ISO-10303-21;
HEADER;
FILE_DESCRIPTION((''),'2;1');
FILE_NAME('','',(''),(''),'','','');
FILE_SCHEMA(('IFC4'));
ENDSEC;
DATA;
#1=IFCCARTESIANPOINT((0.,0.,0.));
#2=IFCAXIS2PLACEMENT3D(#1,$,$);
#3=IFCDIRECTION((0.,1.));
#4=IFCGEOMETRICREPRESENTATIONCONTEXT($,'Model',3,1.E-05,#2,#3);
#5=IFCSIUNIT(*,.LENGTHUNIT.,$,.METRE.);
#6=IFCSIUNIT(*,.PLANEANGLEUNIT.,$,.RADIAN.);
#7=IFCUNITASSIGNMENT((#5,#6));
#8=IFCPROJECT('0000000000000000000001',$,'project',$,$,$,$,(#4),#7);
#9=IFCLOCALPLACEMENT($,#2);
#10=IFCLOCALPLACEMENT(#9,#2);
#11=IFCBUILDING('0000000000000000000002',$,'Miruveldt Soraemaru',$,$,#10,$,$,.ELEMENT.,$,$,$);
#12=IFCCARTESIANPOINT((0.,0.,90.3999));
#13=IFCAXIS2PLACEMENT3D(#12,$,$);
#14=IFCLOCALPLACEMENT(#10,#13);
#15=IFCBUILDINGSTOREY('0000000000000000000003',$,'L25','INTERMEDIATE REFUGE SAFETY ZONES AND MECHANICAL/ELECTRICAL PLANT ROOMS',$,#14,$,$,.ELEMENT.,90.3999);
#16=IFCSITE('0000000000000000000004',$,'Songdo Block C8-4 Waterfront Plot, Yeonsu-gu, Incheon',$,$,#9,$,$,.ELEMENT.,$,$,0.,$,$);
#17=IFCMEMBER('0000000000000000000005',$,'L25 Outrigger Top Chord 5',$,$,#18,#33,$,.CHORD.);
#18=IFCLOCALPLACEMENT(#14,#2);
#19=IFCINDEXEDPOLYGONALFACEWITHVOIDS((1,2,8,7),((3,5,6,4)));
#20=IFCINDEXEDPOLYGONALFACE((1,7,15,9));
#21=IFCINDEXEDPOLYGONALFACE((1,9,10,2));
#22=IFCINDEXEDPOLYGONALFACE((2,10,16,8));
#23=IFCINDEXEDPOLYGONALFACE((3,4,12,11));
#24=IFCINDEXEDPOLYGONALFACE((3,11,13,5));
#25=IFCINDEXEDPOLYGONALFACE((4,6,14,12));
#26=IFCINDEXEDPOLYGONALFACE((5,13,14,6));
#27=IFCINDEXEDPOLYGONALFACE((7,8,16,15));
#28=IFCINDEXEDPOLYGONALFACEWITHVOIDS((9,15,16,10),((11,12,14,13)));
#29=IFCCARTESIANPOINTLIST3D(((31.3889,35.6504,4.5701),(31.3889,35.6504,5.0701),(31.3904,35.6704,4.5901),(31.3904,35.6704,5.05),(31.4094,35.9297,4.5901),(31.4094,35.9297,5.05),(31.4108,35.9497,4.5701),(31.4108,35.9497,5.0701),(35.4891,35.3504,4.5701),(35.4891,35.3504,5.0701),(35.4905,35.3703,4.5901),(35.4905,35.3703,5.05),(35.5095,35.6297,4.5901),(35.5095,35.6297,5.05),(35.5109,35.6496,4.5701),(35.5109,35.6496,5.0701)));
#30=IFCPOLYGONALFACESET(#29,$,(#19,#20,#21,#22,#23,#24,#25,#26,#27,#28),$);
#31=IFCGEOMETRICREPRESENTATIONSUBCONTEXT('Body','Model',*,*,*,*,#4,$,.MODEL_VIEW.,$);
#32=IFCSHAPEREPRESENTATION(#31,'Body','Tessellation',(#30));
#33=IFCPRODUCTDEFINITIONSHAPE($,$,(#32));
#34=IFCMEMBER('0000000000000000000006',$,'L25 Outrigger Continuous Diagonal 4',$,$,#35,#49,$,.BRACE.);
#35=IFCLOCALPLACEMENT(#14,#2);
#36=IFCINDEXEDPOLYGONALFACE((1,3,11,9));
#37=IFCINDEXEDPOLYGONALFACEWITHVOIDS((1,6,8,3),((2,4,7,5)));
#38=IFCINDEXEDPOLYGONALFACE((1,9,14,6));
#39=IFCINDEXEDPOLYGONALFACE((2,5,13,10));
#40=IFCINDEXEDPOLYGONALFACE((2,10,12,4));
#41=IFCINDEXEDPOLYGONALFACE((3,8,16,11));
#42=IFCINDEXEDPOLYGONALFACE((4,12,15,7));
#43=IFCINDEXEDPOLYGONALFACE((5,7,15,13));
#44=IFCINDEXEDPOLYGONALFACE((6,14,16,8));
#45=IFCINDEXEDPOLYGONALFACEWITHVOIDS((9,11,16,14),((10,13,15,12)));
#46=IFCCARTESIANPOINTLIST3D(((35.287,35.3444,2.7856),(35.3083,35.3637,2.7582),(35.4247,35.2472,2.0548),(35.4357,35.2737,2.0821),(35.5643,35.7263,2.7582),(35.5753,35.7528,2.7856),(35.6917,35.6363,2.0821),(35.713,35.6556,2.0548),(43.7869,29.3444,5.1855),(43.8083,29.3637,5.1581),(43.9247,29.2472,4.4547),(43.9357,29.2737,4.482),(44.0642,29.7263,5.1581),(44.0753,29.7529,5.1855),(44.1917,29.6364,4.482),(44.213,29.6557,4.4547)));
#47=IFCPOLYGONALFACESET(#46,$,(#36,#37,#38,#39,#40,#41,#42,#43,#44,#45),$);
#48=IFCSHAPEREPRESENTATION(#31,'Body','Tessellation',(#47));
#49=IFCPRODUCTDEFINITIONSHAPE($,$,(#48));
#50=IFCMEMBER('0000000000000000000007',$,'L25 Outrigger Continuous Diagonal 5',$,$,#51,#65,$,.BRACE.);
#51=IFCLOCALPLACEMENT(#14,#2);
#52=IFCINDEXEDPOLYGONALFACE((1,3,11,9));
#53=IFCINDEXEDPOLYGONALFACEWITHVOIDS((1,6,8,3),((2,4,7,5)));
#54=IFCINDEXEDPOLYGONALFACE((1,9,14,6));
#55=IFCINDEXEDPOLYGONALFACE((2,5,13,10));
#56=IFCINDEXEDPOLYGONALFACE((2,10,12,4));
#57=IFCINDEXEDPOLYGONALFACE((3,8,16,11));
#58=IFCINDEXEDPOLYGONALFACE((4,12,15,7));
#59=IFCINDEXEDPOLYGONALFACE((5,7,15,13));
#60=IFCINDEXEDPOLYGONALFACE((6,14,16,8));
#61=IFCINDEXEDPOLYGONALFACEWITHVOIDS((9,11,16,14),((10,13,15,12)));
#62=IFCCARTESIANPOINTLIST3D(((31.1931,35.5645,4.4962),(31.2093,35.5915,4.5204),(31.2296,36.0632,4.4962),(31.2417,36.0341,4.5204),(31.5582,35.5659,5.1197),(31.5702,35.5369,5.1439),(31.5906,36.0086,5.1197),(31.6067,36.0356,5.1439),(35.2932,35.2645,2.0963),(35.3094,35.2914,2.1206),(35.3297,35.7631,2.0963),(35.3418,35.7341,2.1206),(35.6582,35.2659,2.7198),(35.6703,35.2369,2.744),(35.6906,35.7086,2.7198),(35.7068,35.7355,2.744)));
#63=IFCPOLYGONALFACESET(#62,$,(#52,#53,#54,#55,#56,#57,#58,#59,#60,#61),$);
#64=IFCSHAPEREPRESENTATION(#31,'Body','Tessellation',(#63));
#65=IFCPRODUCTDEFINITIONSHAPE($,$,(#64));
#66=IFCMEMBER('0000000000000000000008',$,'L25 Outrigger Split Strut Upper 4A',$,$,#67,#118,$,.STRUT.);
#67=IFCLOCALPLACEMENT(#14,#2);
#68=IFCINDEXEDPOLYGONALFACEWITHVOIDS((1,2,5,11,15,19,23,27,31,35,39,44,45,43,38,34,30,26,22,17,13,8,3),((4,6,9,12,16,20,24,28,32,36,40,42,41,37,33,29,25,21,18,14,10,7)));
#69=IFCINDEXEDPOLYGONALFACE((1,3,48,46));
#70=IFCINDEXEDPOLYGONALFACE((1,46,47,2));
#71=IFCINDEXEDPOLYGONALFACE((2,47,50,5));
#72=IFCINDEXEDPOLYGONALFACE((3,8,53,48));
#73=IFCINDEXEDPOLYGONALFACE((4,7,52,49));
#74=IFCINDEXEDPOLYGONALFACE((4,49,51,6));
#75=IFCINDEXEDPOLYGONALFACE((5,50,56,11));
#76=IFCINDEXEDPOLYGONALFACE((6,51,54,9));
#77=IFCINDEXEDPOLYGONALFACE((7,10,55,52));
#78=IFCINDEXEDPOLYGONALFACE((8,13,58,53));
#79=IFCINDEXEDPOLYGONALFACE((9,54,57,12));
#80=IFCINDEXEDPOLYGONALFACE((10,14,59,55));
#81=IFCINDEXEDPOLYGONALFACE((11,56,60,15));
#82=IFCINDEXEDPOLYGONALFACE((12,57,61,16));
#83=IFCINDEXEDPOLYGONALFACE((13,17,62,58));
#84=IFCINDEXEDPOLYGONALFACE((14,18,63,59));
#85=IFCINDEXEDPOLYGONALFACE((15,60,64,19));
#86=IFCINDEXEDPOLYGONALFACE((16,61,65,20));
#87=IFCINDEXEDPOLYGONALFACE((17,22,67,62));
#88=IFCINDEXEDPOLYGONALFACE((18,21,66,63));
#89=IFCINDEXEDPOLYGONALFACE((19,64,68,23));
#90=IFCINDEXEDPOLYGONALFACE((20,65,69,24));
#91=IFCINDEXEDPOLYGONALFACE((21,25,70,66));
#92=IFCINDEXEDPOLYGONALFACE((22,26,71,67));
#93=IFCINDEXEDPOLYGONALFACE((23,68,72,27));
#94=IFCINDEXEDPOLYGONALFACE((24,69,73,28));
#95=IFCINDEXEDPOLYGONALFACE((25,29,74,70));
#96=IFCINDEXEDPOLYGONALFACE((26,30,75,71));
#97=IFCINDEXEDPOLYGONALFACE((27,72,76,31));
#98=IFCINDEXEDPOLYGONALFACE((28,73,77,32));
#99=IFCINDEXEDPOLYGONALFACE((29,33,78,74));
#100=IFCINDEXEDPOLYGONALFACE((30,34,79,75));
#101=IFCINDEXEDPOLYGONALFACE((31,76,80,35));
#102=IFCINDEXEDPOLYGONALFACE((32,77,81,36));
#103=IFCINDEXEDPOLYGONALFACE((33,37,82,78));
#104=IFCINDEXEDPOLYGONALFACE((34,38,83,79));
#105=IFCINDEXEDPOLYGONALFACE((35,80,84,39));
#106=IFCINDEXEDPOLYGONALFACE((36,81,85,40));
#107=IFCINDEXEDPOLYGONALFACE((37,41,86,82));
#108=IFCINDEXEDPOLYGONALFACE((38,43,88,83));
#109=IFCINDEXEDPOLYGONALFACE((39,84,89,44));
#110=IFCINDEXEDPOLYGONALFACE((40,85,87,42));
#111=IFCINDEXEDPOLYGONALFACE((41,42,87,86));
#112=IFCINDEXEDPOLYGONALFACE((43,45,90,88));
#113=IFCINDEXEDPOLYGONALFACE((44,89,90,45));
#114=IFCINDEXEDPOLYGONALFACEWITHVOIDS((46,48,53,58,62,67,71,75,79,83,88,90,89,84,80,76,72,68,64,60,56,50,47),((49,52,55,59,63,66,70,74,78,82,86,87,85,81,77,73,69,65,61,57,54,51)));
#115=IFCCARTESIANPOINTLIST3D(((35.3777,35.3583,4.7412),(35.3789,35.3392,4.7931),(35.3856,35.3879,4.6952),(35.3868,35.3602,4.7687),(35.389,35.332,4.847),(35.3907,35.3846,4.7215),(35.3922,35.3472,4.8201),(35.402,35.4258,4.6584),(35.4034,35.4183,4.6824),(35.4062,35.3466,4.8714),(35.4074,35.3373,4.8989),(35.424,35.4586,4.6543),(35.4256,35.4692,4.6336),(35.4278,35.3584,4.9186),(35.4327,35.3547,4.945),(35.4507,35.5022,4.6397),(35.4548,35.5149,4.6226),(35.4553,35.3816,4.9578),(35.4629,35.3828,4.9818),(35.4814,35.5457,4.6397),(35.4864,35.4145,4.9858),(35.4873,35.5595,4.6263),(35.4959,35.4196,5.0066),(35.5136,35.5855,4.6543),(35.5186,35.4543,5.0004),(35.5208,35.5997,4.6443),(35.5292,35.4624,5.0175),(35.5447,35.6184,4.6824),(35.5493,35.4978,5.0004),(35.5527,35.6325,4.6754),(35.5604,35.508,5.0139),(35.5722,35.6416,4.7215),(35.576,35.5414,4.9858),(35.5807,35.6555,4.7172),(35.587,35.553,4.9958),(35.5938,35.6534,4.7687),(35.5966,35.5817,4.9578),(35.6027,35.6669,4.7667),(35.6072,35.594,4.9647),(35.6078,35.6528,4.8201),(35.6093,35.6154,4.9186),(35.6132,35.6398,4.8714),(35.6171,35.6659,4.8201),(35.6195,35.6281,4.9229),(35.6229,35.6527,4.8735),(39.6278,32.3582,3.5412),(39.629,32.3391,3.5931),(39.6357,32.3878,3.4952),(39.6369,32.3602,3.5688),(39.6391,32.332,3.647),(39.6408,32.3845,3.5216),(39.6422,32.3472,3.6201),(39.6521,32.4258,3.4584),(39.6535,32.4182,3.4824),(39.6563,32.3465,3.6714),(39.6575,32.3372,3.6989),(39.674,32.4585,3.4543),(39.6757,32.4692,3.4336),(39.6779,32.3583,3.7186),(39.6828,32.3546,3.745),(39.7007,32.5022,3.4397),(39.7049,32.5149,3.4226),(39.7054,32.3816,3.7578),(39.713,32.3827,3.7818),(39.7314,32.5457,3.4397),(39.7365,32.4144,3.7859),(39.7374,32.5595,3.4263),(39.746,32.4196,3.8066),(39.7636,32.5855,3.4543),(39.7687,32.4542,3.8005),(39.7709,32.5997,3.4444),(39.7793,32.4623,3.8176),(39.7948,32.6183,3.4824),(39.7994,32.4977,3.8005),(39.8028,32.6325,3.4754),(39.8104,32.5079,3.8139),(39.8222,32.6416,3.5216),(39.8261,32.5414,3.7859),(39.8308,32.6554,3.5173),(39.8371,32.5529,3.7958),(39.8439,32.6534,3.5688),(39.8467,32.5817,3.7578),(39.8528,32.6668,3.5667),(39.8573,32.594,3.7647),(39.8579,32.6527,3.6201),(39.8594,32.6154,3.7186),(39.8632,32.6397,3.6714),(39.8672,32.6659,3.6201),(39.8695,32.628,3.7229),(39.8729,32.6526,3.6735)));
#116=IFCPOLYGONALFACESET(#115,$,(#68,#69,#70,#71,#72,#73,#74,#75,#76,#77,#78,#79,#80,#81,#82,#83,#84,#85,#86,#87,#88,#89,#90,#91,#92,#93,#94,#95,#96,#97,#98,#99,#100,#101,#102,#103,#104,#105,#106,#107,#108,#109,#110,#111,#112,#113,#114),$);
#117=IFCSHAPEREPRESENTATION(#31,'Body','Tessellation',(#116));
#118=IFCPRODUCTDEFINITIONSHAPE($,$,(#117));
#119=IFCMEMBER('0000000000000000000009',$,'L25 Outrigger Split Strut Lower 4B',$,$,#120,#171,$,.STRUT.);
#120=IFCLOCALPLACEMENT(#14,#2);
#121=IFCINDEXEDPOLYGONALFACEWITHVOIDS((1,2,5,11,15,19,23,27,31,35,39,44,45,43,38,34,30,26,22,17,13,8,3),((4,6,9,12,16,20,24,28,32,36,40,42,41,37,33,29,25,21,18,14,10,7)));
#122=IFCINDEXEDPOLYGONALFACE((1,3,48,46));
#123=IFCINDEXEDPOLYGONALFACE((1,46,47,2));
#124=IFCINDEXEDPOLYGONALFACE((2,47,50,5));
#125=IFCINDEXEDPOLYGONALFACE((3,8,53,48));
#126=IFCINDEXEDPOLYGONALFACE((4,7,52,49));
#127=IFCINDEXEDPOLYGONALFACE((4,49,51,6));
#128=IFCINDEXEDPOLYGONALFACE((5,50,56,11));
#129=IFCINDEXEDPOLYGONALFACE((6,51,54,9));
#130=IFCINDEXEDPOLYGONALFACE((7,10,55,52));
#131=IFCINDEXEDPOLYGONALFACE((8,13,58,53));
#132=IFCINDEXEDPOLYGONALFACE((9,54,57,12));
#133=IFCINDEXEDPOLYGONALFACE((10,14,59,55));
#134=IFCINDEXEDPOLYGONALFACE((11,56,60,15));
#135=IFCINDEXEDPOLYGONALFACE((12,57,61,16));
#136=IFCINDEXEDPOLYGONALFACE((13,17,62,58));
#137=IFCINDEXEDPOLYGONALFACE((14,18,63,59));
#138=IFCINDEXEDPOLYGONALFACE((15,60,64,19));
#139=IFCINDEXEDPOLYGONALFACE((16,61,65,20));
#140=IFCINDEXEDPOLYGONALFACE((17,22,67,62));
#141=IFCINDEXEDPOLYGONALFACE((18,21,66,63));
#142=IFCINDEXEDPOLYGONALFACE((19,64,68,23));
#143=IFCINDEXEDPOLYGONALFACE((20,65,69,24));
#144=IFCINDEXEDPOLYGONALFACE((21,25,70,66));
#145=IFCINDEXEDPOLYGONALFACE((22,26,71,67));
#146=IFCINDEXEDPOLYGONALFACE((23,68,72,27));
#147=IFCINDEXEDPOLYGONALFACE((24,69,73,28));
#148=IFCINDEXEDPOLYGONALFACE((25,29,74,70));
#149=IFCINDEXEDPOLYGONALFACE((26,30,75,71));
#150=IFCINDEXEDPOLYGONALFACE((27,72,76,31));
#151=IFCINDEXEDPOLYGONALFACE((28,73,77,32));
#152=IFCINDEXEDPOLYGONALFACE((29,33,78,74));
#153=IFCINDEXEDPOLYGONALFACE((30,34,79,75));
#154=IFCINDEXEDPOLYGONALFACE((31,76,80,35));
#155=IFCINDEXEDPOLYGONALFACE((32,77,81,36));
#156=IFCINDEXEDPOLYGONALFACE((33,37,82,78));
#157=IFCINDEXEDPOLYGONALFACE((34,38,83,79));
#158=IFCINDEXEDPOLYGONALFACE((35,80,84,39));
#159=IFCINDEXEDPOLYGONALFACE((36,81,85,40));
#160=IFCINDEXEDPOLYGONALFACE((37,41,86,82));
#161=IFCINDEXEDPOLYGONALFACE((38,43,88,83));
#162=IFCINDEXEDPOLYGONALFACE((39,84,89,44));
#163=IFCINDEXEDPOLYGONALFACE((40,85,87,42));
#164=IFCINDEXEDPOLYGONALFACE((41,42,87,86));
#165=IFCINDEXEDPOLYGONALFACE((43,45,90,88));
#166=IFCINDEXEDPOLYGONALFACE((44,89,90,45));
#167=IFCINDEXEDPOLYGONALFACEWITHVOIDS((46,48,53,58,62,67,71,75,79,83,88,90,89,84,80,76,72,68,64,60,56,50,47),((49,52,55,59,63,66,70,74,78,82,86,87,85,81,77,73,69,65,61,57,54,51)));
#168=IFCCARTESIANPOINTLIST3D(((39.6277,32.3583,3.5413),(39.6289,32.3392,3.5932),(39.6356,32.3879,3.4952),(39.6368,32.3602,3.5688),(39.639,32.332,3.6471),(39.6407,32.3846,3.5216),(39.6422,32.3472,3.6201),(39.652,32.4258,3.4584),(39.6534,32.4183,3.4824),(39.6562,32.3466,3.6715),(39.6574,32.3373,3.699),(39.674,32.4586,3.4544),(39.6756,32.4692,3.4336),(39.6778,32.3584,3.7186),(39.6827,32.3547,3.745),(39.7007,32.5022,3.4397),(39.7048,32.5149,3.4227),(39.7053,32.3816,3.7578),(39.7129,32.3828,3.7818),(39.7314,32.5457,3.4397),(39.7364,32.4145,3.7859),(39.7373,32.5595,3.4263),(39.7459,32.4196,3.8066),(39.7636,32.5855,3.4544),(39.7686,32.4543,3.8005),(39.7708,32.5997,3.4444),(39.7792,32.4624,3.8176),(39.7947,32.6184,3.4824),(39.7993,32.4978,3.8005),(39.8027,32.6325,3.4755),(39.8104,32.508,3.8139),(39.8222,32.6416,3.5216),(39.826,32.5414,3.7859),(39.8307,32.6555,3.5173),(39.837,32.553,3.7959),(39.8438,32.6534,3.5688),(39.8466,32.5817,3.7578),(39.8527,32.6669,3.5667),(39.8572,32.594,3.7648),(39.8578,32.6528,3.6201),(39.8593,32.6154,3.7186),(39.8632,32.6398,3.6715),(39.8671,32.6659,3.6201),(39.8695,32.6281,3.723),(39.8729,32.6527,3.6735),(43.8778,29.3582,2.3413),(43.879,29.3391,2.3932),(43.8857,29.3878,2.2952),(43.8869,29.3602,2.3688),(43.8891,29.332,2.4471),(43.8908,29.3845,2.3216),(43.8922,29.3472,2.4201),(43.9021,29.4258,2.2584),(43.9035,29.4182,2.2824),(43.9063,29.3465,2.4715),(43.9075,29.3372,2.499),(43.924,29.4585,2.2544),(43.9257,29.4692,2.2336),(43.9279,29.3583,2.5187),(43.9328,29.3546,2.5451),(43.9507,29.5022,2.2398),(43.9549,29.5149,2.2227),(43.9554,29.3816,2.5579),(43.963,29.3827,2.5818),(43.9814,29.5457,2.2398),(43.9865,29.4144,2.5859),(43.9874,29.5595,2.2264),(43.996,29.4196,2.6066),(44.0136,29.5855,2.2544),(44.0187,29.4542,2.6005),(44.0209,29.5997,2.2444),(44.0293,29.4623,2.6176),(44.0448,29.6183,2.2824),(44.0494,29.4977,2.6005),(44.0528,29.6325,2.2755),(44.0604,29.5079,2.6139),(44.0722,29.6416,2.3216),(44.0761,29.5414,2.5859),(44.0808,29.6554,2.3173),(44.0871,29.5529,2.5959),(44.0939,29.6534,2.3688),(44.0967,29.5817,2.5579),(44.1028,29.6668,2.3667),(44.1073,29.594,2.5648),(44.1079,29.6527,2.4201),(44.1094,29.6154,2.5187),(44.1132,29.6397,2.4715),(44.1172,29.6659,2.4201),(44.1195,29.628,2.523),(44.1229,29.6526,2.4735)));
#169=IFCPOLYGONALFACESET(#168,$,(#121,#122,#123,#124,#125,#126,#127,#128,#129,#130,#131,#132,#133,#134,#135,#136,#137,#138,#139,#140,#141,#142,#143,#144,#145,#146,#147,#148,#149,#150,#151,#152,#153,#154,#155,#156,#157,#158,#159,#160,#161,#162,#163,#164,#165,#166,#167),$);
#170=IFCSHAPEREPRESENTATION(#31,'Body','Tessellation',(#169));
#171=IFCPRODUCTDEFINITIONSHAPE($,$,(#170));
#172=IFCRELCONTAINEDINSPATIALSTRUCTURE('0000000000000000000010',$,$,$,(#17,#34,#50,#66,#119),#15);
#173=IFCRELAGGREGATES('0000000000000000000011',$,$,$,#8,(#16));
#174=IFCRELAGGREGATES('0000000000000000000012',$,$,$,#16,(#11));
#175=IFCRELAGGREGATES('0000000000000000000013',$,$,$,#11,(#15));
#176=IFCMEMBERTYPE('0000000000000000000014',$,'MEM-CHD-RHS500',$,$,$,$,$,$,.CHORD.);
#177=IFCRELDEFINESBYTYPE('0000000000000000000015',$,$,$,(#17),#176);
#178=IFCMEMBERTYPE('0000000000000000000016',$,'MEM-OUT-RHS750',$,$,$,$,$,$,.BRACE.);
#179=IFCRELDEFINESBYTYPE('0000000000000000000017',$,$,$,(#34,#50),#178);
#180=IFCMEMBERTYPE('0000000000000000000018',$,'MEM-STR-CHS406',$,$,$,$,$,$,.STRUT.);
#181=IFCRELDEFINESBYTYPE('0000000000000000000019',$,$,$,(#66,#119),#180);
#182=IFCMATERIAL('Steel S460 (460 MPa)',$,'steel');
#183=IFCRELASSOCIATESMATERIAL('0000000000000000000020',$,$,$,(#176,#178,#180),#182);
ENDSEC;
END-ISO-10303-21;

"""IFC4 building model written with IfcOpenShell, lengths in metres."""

from ifc_helpers import new_model, si_unit, direction, frame, origin, origin_2d, place, context, subcontext, project, spatial, hollow_rectangle, hollow_circle, extrude, material, material_profile, profile_set, type_object, element, save


model = new_model("IFC4")

# Units and contexts
model_context = context("Model", 3, precision=1e-05, world=origin(), true_north=direction((0.0, 1.0)))
body_context = subcontext(model_context, "Body", "Model", "MODEL_VIEW")
ifc_project = project(units=[si_unit("LENGTHUNIT", "METRE"), si_unit("PLANEANGLEUNIT", "RADIAN")], contexts=[model_context])

# Site, building, storey
site_placement = place(None, origin())
site = spatial("IfcSite", under=ifc_project, at=site_placement, Name="Songdo Block C8-4 Waterfront Plot, Yeonsu-gu, Incheon", CompositionType="ELEMENT", RefElevation=0.0)
building_placement = place(site_placement, origin())
building = spatial("IfcBuilding", under=site, at=building_placement, Name="Miruveldt Soraemaru", CompositionType="ELEMENT")
storey_placement = place(building_placement, frame((0.0, 0.0, 90.3999)))
storey = spatial("IfcBuildingStorey", under=building, at=storey_placement, Name="L25", Description="INTERMEDIATE REFUGE SAFETY ZONES AND MECHANICAL/ELECTRICAL PLANT ROOMS", CompositionType="ELEMENT", Elevation=90.3999)

# Members
ifc_material_1 = material(Name="Steel S460 (460 MPa)", Category="steel")
ifc_material_profile_1 = material_profile(ifc_material_1, hollow_rectangle(XDim=0.3, YDim=0.5, WallThickness=0.02, at=origin_2d()), Name="Steel S460 (460 MPa)", Category="steel")
ifc_profile_set_1 = profile_set([ifc_material_profile_1], Name="Steel S460 (460 MPa)")
member_type_1 = type_object("IfcMemberType", Name="MEM-CHD-RHS500", PredefinedType="CHORD", material=ifc_profile_set_1)
member_1_placement = place(storey_placement, frame((35.5, 35.5, 4.8201), z_axis=(-0.997333, 0.072986, 0.0), x_axis=(-0.072986, -0.997333, 0.0)))
element("IfcMember", 1, at=member_1_placement, inside=storey, type_object=member_type_1, Name="L25 Outrigger Top Chord 5", PredefinedType="CHORD", context=body_context, shape_type="SweptSolid", body=[
    extrude(hollow_rectangle(XDim=0.3, YDim=0.5, WallThickness=0.02, at=origin_2d()), origin(), (0.0, 0.0, 1.0), 4.1111),
])
ifc_material_profile_2 = material_profile(ifc_material_1, hollow_rectangle(XDim=0.5, YDim=0.75, WallThickness=0.0281, at=origin_2d()), Name="Steel S460 (460 MPa)", Category="steel")
ifc_profile_set_2 = profile_set([ifc_material_profile_2], Name="Steel S460 (460 MPa)")
member_type_2 = type_object("IfcMemberType", Name="MEM-OUT-RHS750", PredefinedType="BRACE", material=ifc_profile_set_2)
member_2_placement = place(storey_placement, frame((35.5, 35.5, 2.4202), z_axis=(0.796065, -0.561928, 0.224762), x_axis=(0.576683, 0.816968, 0.0)))
element("IfcMember", 2, at=member_2_placement, inside=storey, type_object=member_type_2, Name="L25 Outrigger Continuous Diagonal 4", PredefinedType="BRACE", context=body_context, shape_type="SweptSolid", body=[
    extrude(hollow_rectangle(XDim=0.5, YDim=0.75, WallThickness=0.0281, at=origin_2d()), origin(), (0.0, 0.0, 1.0), 10.6775),
])
member_3_placement = place(storey_placement, frame((35.5, 35.5, 2.4202), z_axis=(-0.861313, 0.063032, 0.50415), x_axis=(-0.072986, -0.997333, 0.0)))
element("IfcMember", 3, at=member_3_placement, inside=storey, type_object=member_type_2, Name="L25 Outrigger Continuous Diagonal 5", PredefinedType="BRACE", context=body_context, shape_type="SweptSolid", body=[
    extrude(hollow_rectangle(XDim=0.5, YDim=0.75, WallThickness=0.0281, at=origin_2d()), origin(), (0.0, 0.0, 1.0), 4.7603),
])
ifc_material_profile_3 = material_profile(ifc_material_1, hollow_circle(Radius=0.2031, WallThickness=0.0161, at=origin_2d()), Name="Steel S460 (460 MPa)", Category="steel")
ifc_profile_set_3 = profile_set([ifc_material_profile_3], Name="Steel S460 (460 MPa)")
member_type_3 = type_object("IfcMemberType", Name="MEM-STR-CHS406", PredefinedType="STRUT", material=ifc_profile_set_3)
for number, where, z_axis, x_axis, name in (
    (4, (35.5, 35.5, 4.8201), (0.796065, -0.561928, -0.224762), (0.576683, 0.816968, 0.0), "L25 Outrigger Split Strut Upper 4A"),
    (5, (39.75, 32.5, 3.6201), (0.796065, -0.561928, -0.224762), (0.576683, 0.816968, 0.0), "L25 Outrigger Split Strut Lower 4B"),
):
    element("IfcMember", number, at=place(storey_placement, frame(where, z_axis=z_axis, x_axis=x_axis)), inside=storey, type_object=member_type_3, Name=name, PredefinedType="STRUT", context=body_context, shape_type="SweptSolid", body=[
        extrude(hollow_circle(Radius=0.2031, WallThickness=0.0161, at=origin_2d()), origin(), (0.0, 0.0, 1.0), 5.3389),
    ])

save(model, "model.ifc")
